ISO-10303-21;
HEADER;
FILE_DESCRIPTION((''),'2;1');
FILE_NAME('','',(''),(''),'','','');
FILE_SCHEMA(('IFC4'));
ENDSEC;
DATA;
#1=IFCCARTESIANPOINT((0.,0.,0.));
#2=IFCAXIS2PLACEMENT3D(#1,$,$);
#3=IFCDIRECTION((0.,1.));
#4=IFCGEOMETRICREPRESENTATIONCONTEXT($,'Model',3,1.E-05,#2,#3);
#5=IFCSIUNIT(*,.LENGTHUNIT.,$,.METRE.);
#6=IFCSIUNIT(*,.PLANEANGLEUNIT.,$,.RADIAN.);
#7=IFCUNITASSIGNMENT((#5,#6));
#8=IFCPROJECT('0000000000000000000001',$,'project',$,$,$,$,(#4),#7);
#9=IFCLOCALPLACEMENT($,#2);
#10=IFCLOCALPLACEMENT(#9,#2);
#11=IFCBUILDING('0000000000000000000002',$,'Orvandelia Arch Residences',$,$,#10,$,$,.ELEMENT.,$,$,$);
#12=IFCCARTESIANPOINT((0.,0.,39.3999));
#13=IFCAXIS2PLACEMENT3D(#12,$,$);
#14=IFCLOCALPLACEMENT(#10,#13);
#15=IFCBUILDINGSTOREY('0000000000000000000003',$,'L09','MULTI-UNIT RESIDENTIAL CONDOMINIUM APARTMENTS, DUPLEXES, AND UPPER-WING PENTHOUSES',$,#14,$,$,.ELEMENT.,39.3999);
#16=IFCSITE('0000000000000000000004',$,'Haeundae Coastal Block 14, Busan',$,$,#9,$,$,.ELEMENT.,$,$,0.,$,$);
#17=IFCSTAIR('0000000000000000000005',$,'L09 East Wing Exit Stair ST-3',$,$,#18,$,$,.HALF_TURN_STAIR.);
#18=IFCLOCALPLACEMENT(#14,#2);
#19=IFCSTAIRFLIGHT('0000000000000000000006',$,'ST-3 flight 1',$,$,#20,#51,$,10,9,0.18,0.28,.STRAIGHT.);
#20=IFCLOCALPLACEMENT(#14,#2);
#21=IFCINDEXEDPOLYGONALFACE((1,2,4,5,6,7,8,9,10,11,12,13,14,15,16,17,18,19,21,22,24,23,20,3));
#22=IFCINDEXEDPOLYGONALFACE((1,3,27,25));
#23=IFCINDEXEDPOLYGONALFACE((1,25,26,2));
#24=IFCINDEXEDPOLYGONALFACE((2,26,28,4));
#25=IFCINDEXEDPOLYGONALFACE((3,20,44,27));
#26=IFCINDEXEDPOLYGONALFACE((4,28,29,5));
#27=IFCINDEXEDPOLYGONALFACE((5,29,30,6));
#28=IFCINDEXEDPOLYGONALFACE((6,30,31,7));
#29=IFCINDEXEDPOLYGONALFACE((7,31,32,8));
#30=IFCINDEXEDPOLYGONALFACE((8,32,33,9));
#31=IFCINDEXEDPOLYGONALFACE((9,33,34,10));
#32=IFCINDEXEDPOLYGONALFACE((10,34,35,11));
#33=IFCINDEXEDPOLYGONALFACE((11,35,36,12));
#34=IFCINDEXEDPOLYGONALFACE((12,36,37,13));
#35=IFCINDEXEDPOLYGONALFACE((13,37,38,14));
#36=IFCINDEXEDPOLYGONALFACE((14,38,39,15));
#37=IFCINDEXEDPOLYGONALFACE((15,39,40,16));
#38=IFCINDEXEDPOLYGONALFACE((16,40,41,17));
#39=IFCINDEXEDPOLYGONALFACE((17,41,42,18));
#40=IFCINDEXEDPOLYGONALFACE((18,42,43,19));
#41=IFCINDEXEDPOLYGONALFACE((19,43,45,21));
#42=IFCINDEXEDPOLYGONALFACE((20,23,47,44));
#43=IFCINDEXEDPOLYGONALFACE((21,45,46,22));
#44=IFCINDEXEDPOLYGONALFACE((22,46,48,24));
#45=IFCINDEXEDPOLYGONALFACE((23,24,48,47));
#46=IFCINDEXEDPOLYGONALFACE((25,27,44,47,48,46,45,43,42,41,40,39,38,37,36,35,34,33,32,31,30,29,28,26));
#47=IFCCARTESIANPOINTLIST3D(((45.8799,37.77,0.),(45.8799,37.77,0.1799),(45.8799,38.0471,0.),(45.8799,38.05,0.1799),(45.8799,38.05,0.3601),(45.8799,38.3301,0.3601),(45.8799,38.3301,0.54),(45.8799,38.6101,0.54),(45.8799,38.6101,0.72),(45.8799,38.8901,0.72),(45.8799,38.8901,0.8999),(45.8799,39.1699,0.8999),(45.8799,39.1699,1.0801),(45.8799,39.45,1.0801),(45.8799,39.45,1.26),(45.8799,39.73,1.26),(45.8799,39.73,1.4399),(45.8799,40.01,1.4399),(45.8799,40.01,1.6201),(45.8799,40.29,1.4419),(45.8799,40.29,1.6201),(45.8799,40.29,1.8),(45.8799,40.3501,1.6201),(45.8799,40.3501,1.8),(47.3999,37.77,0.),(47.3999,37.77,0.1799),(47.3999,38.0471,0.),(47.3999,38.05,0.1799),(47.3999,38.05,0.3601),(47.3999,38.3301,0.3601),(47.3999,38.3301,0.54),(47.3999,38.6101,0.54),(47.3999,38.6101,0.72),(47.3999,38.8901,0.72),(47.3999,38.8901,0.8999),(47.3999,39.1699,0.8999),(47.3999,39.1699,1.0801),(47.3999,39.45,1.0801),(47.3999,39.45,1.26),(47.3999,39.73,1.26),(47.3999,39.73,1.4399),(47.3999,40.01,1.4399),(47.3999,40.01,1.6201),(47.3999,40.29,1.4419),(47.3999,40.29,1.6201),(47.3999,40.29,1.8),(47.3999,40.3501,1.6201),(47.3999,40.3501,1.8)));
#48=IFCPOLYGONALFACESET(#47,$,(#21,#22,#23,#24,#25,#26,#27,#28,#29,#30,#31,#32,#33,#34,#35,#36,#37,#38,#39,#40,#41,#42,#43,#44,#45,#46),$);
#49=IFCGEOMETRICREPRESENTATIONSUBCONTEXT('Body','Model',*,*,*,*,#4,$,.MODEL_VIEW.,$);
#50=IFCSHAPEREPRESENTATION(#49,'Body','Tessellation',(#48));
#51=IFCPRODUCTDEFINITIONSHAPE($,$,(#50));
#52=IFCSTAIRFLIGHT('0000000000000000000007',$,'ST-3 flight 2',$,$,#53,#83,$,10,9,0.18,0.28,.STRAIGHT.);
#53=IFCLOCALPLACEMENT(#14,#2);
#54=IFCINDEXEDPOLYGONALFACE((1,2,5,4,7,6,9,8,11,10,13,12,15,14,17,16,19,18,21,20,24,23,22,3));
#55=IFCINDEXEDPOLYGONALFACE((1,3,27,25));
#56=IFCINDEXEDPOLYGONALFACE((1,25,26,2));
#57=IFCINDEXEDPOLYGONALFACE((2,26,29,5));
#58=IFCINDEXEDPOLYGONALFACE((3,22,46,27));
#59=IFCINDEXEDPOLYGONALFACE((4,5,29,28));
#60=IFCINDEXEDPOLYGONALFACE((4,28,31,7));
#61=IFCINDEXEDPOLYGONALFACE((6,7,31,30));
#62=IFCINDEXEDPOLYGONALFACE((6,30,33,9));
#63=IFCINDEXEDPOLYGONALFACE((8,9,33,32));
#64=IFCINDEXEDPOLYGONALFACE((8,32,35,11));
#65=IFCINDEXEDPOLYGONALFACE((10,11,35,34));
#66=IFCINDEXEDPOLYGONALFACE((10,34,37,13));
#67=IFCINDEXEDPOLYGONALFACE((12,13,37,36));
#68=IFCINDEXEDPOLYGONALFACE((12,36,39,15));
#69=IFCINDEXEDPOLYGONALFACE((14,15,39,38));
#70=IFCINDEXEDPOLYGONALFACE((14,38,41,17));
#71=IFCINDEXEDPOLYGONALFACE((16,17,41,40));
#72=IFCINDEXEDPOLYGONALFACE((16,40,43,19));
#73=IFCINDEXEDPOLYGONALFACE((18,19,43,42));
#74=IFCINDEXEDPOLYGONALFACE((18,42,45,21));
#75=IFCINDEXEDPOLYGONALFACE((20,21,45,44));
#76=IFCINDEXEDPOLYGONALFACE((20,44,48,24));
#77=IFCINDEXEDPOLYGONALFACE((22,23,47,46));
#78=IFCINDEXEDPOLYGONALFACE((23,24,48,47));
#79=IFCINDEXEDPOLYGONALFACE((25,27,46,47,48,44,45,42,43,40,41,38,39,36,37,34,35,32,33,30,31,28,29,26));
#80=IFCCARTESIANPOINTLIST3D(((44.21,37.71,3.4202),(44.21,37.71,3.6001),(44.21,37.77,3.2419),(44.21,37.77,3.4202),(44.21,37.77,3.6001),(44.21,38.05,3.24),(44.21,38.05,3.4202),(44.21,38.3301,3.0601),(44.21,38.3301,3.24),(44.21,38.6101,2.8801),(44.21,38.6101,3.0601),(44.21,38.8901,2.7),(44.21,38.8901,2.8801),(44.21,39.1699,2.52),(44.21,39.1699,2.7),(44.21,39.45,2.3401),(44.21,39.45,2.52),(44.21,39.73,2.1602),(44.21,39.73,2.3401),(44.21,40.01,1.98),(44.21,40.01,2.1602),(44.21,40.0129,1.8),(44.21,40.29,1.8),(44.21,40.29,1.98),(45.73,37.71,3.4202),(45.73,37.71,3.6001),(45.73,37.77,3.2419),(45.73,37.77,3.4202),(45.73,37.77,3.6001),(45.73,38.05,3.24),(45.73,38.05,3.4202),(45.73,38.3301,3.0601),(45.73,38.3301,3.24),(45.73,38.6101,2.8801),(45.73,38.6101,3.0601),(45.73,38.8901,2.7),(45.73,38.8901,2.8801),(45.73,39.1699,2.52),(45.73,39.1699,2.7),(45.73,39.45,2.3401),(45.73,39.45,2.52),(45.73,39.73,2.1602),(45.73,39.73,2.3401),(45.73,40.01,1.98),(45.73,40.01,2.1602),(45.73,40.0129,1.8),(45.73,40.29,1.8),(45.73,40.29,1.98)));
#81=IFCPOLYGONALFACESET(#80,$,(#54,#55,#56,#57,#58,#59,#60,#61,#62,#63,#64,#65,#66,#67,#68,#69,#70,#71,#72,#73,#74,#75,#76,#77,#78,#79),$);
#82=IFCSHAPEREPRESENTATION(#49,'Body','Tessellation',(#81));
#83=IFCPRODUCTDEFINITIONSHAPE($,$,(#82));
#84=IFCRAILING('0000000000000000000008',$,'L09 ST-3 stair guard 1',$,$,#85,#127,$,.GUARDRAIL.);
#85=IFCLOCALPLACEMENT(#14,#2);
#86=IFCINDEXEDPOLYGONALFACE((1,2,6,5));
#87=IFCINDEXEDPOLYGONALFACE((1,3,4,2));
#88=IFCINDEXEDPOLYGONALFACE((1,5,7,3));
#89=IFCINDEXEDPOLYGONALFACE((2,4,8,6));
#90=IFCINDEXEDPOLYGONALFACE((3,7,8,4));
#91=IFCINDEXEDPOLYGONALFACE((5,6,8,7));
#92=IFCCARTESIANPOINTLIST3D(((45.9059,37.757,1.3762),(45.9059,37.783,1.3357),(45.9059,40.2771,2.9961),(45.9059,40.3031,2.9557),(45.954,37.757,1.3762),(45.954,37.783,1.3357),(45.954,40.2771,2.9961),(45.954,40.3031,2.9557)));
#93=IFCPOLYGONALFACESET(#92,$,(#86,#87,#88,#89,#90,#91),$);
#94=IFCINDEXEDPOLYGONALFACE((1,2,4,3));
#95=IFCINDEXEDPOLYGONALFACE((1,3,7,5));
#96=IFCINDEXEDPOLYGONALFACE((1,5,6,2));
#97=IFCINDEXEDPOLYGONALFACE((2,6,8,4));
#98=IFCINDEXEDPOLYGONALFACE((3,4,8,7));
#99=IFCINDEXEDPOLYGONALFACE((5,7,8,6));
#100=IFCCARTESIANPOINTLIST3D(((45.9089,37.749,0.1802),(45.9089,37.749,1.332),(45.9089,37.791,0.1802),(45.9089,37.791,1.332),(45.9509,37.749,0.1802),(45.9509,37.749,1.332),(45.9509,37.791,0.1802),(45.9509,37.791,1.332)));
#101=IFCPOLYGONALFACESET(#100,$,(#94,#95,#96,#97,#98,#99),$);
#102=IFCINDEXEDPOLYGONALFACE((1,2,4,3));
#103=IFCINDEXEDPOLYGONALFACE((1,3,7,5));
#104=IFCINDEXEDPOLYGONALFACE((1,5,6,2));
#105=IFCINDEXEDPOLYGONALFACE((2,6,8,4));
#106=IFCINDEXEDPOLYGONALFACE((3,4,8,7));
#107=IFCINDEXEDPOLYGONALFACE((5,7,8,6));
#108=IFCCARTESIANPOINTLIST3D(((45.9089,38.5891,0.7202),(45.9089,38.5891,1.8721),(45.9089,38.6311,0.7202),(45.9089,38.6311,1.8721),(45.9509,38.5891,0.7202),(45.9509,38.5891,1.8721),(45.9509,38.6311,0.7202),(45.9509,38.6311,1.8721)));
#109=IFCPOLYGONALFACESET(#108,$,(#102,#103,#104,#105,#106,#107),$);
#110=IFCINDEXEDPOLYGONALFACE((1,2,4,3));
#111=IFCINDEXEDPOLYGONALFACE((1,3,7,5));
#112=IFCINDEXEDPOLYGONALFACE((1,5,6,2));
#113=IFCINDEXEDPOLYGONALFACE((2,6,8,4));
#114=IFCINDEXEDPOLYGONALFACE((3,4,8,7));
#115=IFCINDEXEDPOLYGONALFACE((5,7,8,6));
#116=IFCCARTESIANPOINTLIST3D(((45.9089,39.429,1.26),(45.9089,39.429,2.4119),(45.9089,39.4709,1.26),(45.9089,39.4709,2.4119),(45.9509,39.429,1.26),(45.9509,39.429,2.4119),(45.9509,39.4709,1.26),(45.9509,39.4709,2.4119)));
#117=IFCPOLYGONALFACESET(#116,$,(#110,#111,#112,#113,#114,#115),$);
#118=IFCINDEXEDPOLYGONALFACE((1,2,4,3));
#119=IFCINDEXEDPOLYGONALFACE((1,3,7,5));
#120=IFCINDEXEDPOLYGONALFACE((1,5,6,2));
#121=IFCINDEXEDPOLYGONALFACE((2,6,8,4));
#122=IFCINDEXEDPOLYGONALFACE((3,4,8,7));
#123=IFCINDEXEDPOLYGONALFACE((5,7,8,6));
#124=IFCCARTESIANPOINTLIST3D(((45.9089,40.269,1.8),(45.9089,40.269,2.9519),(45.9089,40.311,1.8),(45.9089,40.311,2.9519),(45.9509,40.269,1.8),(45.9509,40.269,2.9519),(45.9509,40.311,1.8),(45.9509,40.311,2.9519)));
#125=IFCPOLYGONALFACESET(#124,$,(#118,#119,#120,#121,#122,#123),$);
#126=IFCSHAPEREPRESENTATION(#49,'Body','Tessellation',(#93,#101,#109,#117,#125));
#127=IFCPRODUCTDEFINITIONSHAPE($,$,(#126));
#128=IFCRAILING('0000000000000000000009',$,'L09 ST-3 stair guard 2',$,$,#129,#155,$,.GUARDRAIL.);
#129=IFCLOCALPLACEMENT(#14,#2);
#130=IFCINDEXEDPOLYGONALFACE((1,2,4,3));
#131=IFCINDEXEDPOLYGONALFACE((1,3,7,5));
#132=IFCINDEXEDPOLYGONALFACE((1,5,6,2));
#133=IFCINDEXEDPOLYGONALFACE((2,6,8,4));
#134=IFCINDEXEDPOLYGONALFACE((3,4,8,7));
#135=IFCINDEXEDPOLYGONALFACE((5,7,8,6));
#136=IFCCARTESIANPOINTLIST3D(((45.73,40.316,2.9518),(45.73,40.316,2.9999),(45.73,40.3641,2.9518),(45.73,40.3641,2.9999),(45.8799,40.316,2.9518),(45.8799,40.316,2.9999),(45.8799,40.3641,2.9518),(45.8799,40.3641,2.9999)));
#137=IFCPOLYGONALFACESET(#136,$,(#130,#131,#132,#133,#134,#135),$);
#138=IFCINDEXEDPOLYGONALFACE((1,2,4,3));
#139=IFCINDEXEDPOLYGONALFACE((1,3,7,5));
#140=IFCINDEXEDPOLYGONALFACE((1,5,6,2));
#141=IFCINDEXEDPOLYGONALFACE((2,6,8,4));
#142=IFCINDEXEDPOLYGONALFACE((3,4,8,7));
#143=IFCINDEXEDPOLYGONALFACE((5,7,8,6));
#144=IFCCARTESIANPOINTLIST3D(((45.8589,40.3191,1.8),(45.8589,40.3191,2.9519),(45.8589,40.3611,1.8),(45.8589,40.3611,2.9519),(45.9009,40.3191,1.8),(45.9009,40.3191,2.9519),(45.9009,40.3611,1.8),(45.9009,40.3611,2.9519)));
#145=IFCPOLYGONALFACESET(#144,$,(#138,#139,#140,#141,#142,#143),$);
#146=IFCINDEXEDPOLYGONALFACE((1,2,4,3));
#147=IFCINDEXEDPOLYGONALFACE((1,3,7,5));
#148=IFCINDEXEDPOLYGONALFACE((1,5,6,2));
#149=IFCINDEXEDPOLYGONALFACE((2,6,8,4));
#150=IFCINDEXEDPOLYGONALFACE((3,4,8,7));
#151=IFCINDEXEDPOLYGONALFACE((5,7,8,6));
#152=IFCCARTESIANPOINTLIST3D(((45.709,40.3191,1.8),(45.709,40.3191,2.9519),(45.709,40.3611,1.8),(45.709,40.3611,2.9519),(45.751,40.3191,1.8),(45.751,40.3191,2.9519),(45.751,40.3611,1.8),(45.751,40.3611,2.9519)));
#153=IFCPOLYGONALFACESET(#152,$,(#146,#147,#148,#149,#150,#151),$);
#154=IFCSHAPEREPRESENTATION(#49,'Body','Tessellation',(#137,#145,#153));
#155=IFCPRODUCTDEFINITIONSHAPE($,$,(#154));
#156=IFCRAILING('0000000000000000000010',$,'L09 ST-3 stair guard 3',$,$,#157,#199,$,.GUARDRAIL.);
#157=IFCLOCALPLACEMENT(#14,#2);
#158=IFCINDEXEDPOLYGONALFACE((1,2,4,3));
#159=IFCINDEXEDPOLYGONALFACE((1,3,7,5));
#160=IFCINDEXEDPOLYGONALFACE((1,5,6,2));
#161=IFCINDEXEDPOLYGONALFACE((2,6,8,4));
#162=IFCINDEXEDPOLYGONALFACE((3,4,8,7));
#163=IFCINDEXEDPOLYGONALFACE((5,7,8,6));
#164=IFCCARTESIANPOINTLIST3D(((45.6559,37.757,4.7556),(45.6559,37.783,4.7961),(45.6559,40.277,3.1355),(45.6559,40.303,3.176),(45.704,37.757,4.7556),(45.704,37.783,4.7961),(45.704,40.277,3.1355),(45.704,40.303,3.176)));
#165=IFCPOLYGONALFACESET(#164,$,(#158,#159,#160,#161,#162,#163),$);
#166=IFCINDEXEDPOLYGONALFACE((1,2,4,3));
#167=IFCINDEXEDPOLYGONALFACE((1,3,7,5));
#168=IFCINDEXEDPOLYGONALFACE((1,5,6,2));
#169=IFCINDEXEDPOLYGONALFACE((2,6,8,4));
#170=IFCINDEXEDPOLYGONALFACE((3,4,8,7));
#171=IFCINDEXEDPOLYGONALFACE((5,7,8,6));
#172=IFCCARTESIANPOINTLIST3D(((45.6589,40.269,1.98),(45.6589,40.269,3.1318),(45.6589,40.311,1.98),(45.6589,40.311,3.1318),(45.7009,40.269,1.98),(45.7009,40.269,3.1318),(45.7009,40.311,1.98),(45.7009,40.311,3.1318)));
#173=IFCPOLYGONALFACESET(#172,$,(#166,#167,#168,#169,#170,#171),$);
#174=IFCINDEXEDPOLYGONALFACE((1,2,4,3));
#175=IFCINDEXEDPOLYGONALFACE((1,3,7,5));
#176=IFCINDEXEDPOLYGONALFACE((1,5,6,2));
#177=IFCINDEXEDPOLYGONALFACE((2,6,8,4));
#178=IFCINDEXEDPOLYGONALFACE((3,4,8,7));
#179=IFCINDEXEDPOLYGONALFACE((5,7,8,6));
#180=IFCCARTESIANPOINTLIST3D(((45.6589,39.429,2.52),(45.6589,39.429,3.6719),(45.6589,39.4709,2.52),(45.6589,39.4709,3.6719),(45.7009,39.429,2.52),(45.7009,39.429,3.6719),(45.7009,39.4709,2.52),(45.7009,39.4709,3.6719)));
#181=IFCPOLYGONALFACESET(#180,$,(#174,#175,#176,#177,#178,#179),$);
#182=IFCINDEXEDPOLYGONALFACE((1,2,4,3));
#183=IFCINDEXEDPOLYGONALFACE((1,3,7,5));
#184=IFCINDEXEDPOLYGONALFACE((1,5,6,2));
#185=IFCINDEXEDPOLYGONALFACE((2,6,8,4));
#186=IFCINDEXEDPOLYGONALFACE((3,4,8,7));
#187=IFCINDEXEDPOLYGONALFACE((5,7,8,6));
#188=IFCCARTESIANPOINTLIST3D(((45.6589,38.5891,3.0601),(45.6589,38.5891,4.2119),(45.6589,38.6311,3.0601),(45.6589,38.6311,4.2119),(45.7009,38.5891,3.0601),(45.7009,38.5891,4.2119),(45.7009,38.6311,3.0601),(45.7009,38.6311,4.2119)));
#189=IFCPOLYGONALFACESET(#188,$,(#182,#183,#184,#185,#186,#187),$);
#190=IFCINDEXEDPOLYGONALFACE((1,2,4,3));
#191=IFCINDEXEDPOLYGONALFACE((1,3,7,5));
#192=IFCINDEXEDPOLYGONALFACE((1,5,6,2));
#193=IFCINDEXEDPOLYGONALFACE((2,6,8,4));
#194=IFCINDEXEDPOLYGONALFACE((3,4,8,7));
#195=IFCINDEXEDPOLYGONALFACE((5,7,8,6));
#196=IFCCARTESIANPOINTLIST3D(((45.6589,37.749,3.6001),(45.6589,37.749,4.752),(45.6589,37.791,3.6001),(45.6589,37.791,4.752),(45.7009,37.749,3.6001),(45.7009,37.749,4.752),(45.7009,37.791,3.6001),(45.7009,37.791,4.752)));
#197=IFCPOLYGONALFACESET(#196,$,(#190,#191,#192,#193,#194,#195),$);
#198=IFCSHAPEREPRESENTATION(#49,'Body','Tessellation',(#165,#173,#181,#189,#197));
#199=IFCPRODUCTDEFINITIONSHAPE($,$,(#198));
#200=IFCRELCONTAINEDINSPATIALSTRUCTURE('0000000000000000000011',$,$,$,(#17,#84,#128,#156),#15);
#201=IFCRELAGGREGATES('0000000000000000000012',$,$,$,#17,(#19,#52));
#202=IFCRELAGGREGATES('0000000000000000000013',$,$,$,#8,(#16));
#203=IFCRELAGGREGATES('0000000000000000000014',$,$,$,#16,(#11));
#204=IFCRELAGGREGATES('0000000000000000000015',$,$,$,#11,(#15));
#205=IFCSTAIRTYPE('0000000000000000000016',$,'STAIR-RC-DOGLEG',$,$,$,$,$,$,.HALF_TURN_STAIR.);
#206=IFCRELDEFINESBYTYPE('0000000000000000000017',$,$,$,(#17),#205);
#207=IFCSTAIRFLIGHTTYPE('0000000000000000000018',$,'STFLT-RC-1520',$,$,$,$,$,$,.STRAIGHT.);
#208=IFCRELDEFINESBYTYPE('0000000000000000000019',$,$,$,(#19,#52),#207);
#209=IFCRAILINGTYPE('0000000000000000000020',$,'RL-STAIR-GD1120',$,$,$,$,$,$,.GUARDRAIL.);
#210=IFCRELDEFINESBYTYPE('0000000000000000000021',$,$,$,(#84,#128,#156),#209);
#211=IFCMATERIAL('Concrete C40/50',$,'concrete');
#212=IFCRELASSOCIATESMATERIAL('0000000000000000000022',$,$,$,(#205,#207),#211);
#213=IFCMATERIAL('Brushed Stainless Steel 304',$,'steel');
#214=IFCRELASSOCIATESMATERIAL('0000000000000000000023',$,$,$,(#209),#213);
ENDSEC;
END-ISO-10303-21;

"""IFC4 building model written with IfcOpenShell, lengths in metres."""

from ifc_helpers import new_model, si_unit, direction, frame, origin, origin_2d, place, context, subcontext, project, spatial, polyline, rectangle, outline, extrude, material, type_object, element, aggregate, save


model = new_model("IFC4")

# Units and contexts
model_context = context("Model", 3, precision=1e-05, world=origin(), true_north=direction((0.0, 1.0)))
body_context = subcontext(model_context, "Body", "Model", "MODEL_VIEW")
ifc_project = project(units=[si_unit("LENGTHUNIT", "METRE"), si_unit("PLANEANGLEUNIT", "RADIAN")], contexts=[model_context])

# Site, building, storey
site_placement = place(None, origin())
site = spatial("IfcSite", under=ifc_project, at=site_placement, Name="Haeundae Coastal Block 14, Busan", CompositionType="ELEMENT", RefElevation=0.0)
building_placement = place(site_placement, origin())
building = spatial("IfcBuilding", under=site, at=building_placement, Name="Orvandelia Arch Residences", CompositionType="ELEMENT")
storey_placement = place(building_placement, frame((0.0, 0.0, 39.3999)))
storey = spatial("IfcBuildingStorey", under=building, at=storey_placement, Name="L09", Description="MULTI-UNIT RESIDENTIAL CONDOMINIUM APARTMENTS, DUPLEXES, AND UPPER-WING PENTHOUSES", CompositionType="ELEMENT", Elevation=39.3999)

# Shared definitions
ifc_material_1 = material(Name="Concrete C40/50", Category="concrete")

# Stair, stair flights
stair_type = type_object("IfcStairType", Name="STAIR-RC-DOGLEG", PredefinedType="HALF_TURN_STAIR", material=ifc_material_1)
stair_placement = place(storey_placement, origin())
stair = element("IfcStair", 1, at=stair_placement, inside=storey, type_object=stair_type, Name="L09 East Wing Exit Stair ST-3", PredefinedType="HALF_TURN_STAIR")
stair_flight_type = type_object("IfcStairFlightType", Name="STFLT-RC-1520", PredefinedType="STRAIGHT", material=ifc_material_1)
stair_flight_1_placement = place(storey_placement, frame((46.6399, 37.77, 0.0), z_axis=(0.0, 0.0, 1.0), x_axis=(0.0, 1.0, 0.0)))
stair_flight_1 = element("IfcStairFlight", 2, at=stair_flight_1_placement, type_object=stair_flight_type, Name="ST-3 flight 1", NumberOfRisers=10, NumberOfTreads=9, PredefinedType="STRAIGHT", RiserHeight=0.18, TreadLength=0.28, context=body_context, shape_type="SweptSolid", body=[
    extrude(outline(polyline([(0.0, 0.0), (0.0, 0.1799), (0.28, 0.1799), (0.28, 0.3601), (0.5601, 0.3601), (0.5601, 0.54), (0.8401, 0.54), (0.8401, 0.72), (1.1201, 0.72), (1.1201, 0.8999), (1.3999, 0.8999), (1.3999, 1.0801), (1.6799, 1.0801), (1.6799, 1.26), (1.96, 1.26), (1.96, 1.4399), (2.24, 1.4399), (2.24, 1.6201), (2.52, 1.6201), (2.52, 1.8), (2.5801, 1.8), (2.5801, 1.6201), (2.52, 1.4419), (0.2771, 0.0), (0.0, 0.0)])), frame((0.0, 0.76, 0.0), z_axis=(0.0, -1.0, 0.0), x_axis=(1.0, 0.0, 0.0)), (0.0, 0.0, 1.0), 1.52),
])
stair_flight_2_placement = place(storey_placement, frame((44.97, 40.29, 1.8), z_axis=(0.0, 0.0, 1.0), x_axis=(0.0, -1.0, 0.0)))
stair_flight_2 = element("IfcStairFlight", 3, at=stair_flight_2_placement, type_object=stair_flight_type, Name="ST-3 flight 2", NumberOfRisers=10, NumberOfTreads=9, PredefinedType="STRAIGHT", RiserHeight=0.18, TreadLength=0.28, context=body_context, shape_type="SweptSolid", body=[
    extrude(outline(polyline([(0.0, 0.0), (0.0, 0.1799), (0.28, 0.1799), (0.28, 0.3601), (0.5601, 0.3601), (0.5601, 0.54), (0.8401, 0.54), (0.8401, 0.72), (1.1201, 0.72), (1.1201, 0.8999), (1.3999, 0.8999), (1.3999, 1.0801), (1.6799, 1.0801), (1.6799, 1.26), (1.96, 1.26), (1.96, 1.4399), (2.24, 1.4399), (2.24, 1.6201), (2.52, 1.6201), (2.52, 1.8), (2.5801, 1.8), (2.5801, 1.6201), (2.52, 1.4419), (0.2771, 0.0), (0.0, 0.0)])), frame((0.0, 0.76, 0.0), z_axis=(0.0, -1.0, 0.0), x_axis=(1.0, 0.0, 0.0)), (0.0, 0.0, 1.0), 1.52),
])
aggregate(stair, [stair_flight_1, stair_flight_2])

# Railings
ifc_material_2 = material(Name="Brushed Stainless Steel 304", Category="steel")
railing_type_1 = type_object("IfcRailingType", Name="RL-STAIR-GD1120", PredefinedType="GUARDRAIL", material=ifc_material_2)
railing_1_placement = place(storey_placement, frame((45.9299, 37.77, 0.1802)))
element("IfcRailing", 4, at=railing_1_placement, inside=storey, type_object=railing_type_1, Name="L09 ST-3 stair guard 1", PredefinedType="GUARDRAIL", context=body_context, shape_type="SweptSolid", body=[
    extrude(rectangle(XDim=0.0481, YDim=0.0481, at=origin_2d()), frame((0.0, 0.0, 1.1758), z_axis=(0.0, 0.8412, 0.540725), x_axis=(-1.0, 0.0, 0.0)), (0.0, 0.0, 1.0), 2.9958),
    extrude(rectangle(XDim=0.042, YDim=0.042, at=origin_2d()), origin(), (0.0, 0.0, 1.0), 1.1519),
    extrude(rectangle(XDim=0.042, YDim=0.042, at=origin_2d()), frame((0.0, 0.8401, 0.54)), (0.0, 0.0, 1.0), 1.1519),
    extrude(rectangle(XDim=0.042, YDim=0.042, at=origin_2d()), frame((0.0, 1.6799, 1.0798)), (0.0, 0.0, 1.0), 1.1519),
    extrude(rectangle(XDim=0.042, YDim=0.042, at=origin_2d()), frame((0.0, 2.52, 1.6199)), (0.0, 0.0, 1.0), 1.1519),
])
railing_2_placement = place(storey_placement, frame((45.8799, 40.3401, 1.8)))
element("IfcRailing", 5, at=railing_2_placement, inside=storey, type_object=railing_type_1, Name="L09 ST-3 stair guard 2", PredefinedType="GUARDRAIL", context=body_context, shape_type="SweptSolid", body=[
    extrude(rectangle(XDim=0.0481, YDim=0.0481, at=origin_2d()), frame((0.0, 0.0, 1.1758), z_axis=(-1.0, 0.0, 0.0), x_axis=(0.0, -1.0, 0.0)), (0.0, 0.0, 1.0), 0.1499),
    extrude(rectangle(XDim=0.042, YDim=0.042, at=origin_2d()), origin(), (0.0, 0.0, 1.0), 1.1519),
    extrude(rectangle(XDim=0.042, YDim=0.042, at=origin_2d()), frame((-0.1499, 0.0, 0.0)), (0.0, 0.0, 1.0), 1.1519),
])
railing_3_placement = place(storey_placement, frame((45.6799, 40.29, 1.98)))
element("IfcRailing", 6, at=railing_3_placement, inside=storey, type_object=railing_type_1, Name="L09 ST-3 stair guard 3", PredefinedType="GUARDRAIL", context=body_context, shape_type="SweptSolid", body=[
    extrude(rectangle(XDim=0.0481, YDim=0.0481, at=origin_2d()), frame((0.0, 0.0, 1.1758), z_axis=(0.0, -0.841163, 0.540782), x_axis=(1.0, 0.0, 0.0)), (0.0, 0.0, 1.0), 2.9958),
    extrude(rectangle(XDim=0.042, YDim=0.042, at=origin_2d()), origin(), (0.0, 0.0, 1.0), 1.1519),
    extrude(rectangle(XDim=0.042, YDim=0.042, at=origin_2d()), frame((0.0, -0.8401, 0.54)), (0.0, 0.0, 1.0), 1.1519),
    extrude(rectangle(XDim=0.042, YDim=0.042, at=origin_2d()), frame((0.0, -1.6799, 1.0801)), (0.0, 0.0, 1.0), 1.1519),
    extrude(rectangle(XDim=0.042, YDim=0.042, at=origin_2d()), frame((0.0, -2.52, 1.6201)), (0.0, 0.0, 1.0), 1.1519),
])

save(model, "model.ifc")
